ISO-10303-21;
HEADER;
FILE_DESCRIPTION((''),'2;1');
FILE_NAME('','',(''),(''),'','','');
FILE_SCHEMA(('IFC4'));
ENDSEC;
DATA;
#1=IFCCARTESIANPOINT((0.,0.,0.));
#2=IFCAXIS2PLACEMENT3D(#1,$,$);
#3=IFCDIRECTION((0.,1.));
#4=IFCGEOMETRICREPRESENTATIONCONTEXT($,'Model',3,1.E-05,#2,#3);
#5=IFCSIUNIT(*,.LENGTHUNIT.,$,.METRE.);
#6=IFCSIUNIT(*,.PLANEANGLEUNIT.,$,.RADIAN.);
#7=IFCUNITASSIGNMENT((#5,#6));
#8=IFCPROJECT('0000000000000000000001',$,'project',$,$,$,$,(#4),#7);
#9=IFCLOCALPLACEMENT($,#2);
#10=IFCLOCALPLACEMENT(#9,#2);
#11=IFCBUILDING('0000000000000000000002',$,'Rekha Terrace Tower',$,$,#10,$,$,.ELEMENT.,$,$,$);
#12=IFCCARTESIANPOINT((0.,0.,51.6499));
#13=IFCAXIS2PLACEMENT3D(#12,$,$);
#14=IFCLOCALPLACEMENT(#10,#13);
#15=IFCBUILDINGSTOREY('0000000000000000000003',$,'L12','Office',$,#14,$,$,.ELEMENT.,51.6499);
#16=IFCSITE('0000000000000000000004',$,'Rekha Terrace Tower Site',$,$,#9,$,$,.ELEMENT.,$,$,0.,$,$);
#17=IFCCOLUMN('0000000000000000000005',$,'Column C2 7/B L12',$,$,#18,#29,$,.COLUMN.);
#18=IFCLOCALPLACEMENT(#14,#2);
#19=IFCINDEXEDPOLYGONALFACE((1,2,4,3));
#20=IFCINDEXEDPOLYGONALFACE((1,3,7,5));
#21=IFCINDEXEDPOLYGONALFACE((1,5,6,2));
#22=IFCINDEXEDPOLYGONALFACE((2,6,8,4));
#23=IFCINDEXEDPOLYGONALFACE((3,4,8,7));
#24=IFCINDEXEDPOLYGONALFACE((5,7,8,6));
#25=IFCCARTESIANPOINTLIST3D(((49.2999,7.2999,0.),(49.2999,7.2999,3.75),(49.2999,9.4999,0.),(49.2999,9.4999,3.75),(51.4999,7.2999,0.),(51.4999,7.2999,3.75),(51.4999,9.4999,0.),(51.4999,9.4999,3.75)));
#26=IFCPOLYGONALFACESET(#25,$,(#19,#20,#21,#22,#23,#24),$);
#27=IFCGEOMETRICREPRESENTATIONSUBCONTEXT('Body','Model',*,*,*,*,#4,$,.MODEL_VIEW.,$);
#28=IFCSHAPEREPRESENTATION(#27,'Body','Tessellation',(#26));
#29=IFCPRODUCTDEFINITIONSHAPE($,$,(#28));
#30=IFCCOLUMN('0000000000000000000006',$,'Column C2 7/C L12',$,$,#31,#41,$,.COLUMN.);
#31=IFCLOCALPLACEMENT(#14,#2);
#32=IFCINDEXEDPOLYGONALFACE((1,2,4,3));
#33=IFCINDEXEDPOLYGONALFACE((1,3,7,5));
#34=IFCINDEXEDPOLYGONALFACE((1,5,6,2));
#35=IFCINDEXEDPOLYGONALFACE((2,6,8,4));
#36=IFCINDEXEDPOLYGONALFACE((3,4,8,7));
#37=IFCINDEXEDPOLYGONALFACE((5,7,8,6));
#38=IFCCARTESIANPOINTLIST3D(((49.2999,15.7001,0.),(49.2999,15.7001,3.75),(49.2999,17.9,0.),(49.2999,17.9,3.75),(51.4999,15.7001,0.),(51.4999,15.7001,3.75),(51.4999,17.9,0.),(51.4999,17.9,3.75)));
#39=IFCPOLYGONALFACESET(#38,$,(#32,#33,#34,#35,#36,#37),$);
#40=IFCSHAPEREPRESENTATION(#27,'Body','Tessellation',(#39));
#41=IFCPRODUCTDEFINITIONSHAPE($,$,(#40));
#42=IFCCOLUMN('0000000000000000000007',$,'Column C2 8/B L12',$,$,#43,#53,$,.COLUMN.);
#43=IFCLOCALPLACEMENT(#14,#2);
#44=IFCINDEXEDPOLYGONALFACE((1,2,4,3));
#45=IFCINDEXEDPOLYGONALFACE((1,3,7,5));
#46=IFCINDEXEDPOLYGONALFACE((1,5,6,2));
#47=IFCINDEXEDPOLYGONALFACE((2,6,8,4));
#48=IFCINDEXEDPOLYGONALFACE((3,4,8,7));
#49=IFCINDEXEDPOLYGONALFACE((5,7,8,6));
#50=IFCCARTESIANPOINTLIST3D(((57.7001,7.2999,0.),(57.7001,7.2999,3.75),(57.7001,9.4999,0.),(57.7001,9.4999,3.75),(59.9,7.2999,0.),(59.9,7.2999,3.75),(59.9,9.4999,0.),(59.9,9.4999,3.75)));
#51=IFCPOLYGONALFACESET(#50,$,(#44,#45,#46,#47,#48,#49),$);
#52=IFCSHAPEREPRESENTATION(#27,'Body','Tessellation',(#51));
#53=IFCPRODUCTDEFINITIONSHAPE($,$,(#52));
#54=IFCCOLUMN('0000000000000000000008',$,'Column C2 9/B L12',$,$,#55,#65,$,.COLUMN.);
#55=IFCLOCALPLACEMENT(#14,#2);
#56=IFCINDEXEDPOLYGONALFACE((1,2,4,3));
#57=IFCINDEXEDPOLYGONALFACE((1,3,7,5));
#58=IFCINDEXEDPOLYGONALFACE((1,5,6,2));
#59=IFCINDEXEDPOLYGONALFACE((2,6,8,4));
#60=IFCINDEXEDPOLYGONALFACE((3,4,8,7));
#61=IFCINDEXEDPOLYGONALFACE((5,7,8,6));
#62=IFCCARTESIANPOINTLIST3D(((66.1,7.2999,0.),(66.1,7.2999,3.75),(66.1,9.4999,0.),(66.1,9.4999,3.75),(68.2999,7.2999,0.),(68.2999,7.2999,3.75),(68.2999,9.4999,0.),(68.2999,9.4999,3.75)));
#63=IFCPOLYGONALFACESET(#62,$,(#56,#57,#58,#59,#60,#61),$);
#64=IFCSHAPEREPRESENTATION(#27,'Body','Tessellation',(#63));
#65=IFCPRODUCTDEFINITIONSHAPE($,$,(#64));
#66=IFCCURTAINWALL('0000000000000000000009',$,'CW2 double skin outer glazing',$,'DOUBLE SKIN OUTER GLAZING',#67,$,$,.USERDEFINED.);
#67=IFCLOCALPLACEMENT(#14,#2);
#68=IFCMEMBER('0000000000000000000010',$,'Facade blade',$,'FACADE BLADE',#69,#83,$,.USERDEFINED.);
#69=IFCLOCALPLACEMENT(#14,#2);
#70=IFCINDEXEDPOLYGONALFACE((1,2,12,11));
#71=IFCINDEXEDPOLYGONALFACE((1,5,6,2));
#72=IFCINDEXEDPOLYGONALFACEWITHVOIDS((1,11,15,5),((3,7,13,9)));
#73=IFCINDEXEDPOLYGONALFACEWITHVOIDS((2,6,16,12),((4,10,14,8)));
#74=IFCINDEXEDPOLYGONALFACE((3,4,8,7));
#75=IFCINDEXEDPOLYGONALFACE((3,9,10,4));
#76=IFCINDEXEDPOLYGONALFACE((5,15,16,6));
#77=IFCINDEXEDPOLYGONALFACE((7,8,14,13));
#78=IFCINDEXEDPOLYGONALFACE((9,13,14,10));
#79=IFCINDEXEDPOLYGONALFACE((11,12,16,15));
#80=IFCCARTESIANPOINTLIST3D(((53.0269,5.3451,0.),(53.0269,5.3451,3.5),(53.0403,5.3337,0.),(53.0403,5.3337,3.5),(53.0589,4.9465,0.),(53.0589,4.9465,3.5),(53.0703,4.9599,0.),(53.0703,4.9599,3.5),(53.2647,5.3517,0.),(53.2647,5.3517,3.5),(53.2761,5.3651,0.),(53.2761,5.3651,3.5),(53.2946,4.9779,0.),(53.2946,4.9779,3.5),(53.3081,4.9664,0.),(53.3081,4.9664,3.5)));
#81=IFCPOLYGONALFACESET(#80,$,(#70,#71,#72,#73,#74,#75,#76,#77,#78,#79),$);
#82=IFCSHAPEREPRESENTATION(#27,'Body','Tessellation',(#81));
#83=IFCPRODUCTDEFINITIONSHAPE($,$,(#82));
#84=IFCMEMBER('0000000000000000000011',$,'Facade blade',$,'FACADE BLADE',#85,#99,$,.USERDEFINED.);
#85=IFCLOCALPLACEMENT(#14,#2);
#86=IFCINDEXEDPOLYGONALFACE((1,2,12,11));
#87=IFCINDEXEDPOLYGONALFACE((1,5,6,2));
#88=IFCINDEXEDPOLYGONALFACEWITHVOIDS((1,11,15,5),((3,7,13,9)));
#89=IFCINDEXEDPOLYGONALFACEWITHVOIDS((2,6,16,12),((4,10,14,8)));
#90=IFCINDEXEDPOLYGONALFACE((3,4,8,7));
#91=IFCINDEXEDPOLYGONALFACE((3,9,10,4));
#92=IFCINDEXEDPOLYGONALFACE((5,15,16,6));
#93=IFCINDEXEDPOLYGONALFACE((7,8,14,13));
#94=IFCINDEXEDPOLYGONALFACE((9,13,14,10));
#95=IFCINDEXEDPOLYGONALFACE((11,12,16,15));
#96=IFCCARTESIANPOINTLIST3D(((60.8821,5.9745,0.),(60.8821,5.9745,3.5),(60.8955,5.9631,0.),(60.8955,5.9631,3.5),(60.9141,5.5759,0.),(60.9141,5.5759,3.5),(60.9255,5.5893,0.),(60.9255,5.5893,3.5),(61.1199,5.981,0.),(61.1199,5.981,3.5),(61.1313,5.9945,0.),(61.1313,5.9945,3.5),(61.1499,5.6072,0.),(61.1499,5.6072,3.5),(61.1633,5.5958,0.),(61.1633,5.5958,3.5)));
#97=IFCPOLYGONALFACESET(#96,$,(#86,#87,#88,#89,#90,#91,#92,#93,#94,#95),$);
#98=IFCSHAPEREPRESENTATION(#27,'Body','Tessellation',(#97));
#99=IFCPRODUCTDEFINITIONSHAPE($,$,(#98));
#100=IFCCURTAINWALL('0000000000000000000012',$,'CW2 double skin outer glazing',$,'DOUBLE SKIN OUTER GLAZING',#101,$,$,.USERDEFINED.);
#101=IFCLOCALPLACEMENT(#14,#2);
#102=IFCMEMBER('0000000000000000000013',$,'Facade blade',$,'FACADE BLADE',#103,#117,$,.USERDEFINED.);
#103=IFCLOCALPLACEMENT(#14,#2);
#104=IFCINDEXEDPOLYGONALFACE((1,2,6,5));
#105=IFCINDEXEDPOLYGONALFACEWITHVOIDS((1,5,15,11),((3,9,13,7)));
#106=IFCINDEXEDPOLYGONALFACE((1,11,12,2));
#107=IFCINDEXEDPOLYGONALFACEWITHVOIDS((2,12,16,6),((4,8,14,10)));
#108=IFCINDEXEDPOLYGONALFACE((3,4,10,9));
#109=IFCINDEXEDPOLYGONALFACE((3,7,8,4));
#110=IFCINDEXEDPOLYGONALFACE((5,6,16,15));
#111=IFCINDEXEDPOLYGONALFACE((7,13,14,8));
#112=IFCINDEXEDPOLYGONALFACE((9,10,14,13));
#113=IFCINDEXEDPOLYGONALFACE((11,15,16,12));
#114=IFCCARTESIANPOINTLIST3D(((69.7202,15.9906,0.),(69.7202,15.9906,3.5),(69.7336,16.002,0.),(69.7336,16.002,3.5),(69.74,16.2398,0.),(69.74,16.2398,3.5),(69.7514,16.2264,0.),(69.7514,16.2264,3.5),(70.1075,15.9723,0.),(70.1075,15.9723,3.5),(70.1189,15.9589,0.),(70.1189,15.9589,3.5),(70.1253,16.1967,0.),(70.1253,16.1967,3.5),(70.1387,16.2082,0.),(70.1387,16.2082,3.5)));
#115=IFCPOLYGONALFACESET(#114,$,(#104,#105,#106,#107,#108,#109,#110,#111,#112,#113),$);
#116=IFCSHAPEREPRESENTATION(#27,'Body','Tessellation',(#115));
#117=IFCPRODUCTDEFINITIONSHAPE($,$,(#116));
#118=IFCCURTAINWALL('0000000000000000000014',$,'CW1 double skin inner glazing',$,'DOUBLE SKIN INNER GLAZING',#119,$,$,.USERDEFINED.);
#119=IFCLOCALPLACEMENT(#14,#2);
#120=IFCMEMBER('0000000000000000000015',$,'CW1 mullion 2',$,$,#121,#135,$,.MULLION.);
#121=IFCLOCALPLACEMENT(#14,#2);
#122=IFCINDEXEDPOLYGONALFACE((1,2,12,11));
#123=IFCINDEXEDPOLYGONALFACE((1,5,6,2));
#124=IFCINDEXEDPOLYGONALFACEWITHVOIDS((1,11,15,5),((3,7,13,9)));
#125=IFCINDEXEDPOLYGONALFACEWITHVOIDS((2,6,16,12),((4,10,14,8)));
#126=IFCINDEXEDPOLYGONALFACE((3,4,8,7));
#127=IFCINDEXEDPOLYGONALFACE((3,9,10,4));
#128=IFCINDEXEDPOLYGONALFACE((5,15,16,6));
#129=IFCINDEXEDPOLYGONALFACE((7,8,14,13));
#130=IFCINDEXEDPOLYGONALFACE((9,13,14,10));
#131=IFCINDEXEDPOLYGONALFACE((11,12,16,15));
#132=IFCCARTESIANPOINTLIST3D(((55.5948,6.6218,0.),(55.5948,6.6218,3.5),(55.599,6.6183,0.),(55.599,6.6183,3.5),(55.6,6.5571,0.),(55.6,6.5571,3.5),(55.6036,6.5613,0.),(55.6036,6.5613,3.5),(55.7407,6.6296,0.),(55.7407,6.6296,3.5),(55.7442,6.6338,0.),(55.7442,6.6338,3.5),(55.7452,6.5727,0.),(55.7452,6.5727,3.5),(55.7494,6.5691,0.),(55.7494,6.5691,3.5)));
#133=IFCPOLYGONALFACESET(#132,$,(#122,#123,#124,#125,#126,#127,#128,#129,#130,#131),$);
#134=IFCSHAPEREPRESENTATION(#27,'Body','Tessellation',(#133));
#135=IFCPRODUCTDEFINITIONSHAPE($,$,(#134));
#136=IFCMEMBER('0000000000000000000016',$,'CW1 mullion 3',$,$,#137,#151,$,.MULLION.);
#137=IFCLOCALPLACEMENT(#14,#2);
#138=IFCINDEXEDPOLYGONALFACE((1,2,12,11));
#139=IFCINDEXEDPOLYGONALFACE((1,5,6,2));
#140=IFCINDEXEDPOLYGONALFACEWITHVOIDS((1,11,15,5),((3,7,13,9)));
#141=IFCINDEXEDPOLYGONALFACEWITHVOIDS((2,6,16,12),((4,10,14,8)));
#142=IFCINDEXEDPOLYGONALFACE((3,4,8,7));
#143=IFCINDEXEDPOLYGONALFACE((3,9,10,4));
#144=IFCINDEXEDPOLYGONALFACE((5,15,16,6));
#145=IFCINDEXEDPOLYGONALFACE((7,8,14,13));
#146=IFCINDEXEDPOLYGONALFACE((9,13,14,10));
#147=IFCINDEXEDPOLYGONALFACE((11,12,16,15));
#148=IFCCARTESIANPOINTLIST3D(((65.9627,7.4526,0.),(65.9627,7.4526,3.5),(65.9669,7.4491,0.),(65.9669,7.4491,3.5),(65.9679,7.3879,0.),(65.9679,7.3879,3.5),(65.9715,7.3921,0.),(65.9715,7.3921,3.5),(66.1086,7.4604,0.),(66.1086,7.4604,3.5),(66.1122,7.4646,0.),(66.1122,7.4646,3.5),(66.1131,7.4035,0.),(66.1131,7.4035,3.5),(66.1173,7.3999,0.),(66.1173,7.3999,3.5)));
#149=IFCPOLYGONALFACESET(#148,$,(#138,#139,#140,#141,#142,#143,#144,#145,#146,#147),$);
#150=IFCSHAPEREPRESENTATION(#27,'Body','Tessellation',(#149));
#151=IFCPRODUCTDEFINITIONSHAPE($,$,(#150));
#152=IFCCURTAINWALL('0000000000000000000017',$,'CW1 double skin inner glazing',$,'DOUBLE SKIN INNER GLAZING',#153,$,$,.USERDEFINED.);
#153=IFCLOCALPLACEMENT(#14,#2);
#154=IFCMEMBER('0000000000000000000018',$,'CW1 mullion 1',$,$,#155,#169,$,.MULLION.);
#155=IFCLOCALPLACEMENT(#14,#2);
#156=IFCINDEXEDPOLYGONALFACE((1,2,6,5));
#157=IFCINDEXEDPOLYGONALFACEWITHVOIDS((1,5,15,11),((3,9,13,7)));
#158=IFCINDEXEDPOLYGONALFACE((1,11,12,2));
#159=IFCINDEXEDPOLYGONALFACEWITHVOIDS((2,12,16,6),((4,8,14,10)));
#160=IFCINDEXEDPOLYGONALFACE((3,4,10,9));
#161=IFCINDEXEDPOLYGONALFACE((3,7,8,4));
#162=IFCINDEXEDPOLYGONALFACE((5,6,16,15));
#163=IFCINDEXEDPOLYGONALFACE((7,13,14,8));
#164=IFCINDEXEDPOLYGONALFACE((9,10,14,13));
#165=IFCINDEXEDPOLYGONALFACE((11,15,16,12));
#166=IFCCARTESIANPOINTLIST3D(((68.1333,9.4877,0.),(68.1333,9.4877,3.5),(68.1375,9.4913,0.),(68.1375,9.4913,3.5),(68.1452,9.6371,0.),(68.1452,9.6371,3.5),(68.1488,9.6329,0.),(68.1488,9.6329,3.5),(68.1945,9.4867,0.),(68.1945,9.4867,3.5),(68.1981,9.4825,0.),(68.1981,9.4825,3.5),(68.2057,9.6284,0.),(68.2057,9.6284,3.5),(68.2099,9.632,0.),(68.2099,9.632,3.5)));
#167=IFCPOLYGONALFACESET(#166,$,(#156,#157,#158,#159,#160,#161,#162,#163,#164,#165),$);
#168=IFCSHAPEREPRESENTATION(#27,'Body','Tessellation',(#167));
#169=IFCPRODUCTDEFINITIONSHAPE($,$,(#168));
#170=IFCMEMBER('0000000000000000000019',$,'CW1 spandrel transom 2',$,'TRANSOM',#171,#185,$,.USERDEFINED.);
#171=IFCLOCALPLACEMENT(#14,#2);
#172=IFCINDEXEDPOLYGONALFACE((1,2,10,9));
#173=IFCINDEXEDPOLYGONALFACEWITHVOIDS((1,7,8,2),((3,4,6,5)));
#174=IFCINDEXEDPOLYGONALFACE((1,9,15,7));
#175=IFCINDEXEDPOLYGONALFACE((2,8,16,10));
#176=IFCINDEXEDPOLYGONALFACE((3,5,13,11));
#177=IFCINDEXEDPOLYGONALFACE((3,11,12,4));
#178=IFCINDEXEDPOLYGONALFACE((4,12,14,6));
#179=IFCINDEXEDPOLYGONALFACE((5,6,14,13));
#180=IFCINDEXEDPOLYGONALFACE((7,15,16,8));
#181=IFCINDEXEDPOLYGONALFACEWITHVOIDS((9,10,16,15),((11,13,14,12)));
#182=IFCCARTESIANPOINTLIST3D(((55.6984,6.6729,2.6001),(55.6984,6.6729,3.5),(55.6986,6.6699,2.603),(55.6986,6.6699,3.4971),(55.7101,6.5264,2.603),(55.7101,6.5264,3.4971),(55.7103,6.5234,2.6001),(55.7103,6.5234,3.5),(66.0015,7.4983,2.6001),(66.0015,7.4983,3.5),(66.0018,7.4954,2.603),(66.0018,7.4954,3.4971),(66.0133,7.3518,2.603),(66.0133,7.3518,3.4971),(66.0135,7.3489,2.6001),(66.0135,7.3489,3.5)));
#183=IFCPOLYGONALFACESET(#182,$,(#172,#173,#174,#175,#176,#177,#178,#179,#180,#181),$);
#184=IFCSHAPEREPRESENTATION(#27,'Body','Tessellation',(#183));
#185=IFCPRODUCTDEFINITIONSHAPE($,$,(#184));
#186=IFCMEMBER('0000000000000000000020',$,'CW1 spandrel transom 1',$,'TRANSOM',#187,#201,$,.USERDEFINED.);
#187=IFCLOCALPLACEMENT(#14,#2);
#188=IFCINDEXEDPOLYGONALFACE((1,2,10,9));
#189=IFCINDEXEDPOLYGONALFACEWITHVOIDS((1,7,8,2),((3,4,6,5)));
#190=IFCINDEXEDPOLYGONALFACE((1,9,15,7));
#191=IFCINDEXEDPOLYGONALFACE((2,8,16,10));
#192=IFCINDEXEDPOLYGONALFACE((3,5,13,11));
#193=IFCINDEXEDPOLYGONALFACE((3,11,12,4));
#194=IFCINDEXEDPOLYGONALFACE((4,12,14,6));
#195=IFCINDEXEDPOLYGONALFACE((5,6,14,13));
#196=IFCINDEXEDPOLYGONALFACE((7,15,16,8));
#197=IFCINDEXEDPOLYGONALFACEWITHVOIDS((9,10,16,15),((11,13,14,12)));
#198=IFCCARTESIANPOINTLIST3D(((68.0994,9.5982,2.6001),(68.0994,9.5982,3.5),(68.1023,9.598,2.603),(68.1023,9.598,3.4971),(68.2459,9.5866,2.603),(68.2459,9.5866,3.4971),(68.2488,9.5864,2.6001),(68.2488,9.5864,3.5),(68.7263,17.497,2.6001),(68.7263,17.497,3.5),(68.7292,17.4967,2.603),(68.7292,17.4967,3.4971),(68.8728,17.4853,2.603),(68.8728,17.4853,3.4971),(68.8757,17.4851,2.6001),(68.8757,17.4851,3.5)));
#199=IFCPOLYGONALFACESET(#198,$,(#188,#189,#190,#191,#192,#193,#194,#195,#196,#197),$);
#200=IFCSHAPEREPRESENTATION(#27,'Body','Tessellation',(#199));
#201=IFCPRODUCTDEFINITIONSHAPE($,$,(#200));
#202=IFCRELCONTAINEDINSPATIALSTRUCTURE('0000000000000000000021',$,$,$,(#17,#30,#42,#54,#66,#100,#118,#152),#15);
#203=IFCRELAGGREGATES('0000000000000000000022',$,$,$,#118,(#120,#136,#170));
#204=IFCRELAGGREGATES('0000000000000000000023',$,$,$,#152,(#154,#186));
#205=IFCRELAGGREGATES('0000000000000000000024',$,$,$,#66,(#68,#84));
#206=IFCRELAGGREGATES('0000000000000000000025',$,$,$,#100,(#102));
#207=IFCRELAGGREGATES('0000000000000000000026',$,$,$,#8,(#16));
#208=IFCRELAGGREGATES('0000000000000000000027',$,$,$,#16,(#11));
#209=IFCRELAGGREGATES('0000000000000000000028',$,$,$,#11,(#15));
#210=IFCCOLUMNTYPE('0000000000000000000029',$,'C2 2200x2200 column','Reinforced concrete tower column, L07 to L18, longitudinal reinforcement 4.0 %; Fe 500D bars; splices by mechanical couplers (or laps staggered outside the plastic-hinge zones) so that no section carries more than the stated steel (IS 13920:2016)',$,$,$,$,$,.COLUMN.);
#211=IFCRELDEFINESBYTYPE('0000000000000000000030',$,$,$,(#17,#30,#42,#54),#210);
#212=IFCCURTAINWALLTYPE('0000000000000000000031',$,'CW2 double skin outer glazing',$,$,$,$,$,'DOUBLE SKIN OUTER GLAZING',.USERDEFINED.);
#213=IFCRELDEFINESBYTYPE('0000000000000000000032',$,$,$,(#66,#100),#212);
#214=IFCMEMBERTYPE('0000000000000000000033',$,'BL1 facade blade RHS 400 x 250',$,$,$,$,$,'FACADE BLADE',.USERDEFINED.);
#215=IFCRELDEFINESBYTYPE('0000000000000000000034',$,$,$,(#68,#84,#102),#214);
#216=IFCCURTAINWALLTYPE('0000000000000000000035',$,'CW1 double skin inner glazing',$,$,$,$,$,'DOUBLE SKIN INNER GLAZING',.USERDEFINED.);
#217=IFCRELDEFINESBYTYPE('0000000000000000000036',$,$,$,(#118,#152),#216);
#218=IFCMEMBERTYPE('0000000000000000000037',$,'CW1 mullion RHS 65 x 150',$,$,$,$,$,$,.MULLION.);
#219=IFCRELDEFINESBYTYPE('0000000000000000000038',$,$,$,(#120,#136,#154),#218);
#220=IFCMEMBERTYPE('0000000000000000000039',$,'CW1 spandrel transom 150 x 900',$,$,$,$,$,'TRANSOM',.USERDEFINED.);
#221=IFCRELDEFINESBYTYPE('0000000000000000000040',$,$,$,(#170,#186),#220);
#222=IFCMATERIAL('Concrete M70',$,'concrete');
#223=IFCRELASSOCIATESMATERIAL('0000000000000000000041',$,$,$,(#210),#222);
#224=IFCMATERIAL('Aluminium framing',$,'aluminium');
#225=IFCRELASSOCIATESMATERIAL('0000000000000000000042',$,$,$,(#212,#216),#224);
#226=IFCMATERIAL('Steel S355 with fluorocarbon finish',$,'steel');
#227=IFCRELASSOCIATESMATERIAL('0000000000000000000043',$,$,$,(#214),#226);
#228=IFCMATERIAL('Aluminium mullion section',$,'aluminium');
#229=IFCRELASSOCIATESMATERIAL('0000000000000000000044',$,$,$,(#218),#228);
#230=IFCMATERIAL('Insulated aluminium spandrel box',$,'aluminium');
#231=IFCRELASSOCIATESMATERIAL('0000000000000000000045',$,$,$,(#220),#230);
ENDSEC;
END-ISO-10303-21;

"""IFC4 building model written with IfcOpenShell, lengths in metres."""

from ifc_helpers import new_model, si_unit, direction, frame, origin, origin_2d, place, context, subcontext, project, spatial, rectangle, hollow_rectangle, extrude, material, material_profile, profile_set, type_object, element, aggregate, save


model = new_model("IFC4")

# Units and contexts
model_context = context("Model", 3, precision=1e-05, world=origin(), true_north=direction((0.0, 1.0)))
body_context = subcontext(model_context, "Body", "Model", "MODEL_VIEW")
ifc_project = project(units=[si_unit("LENGTHUNIT", "METRE"), si_unit("PLANEANGLEUNIT", "RADIAN")], contexts=[model_context])

# Site, building, storey
site_placement = place(None, origin())
site = spatial("IfcSite", under=ifc_project, at=site_placement, Name="Rekha Terrace Tower Site", CompositionType="ELEMENT", RefElevation=0.0)
building_placement = place(site_placement, origin())
building = spatial("IfcBuilding", under=site, at=building_placement, Name="Rekha Terrace Tower", CompositionType="ELEMENT")
storey_placement = place(building_placement, frame((0.0, 0.0, 51.6499)))
storey = spatial("IfcBuildingStorey", under=building, at=storey_placement, Name="L12", Description="Office", CompositionType="ELEMENT", Elevation=51.6499)

# Columns
ifc_material_1 = material(Name="Concrete M70", Category="concrete")
ifc_material_profile_1 = material_profile(ifc_material_1, rectangle(XDim=2.2, YDim=2.2, at=origin_2d()), Name="RC 2200x2200")
ifc_profile_set_1 = profile_set([ifc_material_profile_1], Name="Concrete M70")
column_type = type_object("IfcColumnType", Name="C2 2200x2200 column", Description="Reinforced concrete tower column, L07 to L18, longitudinal reinforcement 4.0 %; Fe 500D bars; splices by mechanical couplers (or laps staggered outside the plastic-hinge zones) so that no section carries more than the stated steel (IS 13920:2016)", PredefinedType="COLUMN", material=ifc_profile_set_1)
for number, where, z_axis, x_axis, name in (
    (1, (50.3999, 8.3999, 0.0), (0.0, 0.0, 1.0), (1.0, 0.0, 0.0), "Column C2 7/B L12"),
    (2, (50.3999, 16.8, 0.0), (0.0, 0.0, 1.0), (1.0, 0.0, 0.0), "Column C2 7/C L12"),
    (3, (58.8, 8.3999, 0.0), (0.0, 0.0, 1.0), (1.0, 0.0, 0.0), "Column C2 8/B L12"),
    (4, (67.2, 8.3999, 0.0), (0.0, 0.0, 1.0), (1.0, 0.0, 0.0), "Column C2 9/B L12"),
):
    element("IfcColumn", number, at=place(storey_placement, frame(where, z_axis=z_axis, x_axis=x_axis)), inside=storey, type_object=column_type, Name=name, PredefinedType="COLUMN", context=body_context, shape_type="SweptSolid", body=[
        extrude(rectangle(XDim=2.2, YDim=2.2, at=origin_2d()), origin(), (0.0, 0.0, 1.0), 3.75),
    ])

# Curtain wall, members
ifc_material_2 = material(Name="Aluminium framing", Category="aluminium")
curtain_wall_type_1 = type_object("IfcCurtainWallType", Name="CW2 double skin outer glazing", ElementType="DOUBLE SKIN OUTER GLAZING", PredefinedType="USERDEFINED", material=ifc_material_2)
curtain_wall_1_placement = place(storey_placement, origin())
curtain_wall_1 = element("IfcCurtainWall", 5, at=curtain_wall_1_placement, inside=storey, type_object=curtain_wall_type_1, Name="CW2 double skin outer glazing", ObjectType="DOUBLE SKIN OUTER GLAZING", PredefinedType="USERDEFINED")
ifc_material_3 = material(Name="Steel S355 with fluorocarbon finish", Category="steel")
ifc_material_profile_2 = material_profile(ifc_material_3, hollow_rectangle(XDim=0.25, YDim=0.3999, WallThickness=0.0125, at=origin_2d()), Name="RHS400x250x12.5")
ifc_profile_set_2 = profile_set([ifc_material_profile_2], Name="Steel S355 with fluorocarbon finish")
member_type_1 = type_object("IfcMemberType", Name="BL1 facade blade RHS 400 x 250", ElementType="FACADE BLADE", PredefinedType="USERDEFINED", material=ifc_profile_set_2)
member_1_placement = place(storey_placement, frame((53.1675, 5.1558, 0.0), z_axis=(0.0, 0.0, 1.0), x_axis=(0.996805, 0.079872, 0.0)))
member_1 = element("IfcMember", 6, at=member_1_placement, type_object=member_type_1, Name="Facade blade", ObjectType="FACADE BLADE", PredefinedType="USERDEFINED", context=body_context, shape_type="SweptSolid", body=[
    extrude(hollow_rectangle(XDim=0.25, YDim=0.3999, WallThickness=0.0125, at=origin_2d()), origin(), (0.0, 0.0, 1.0), 3.5),
])
member_2_placement = place(storey_placement, frame((61.0227, 5.7852, 0.0), z_axis=(0.0, 0.0, 1.0), x_axis=(0.996805, 0.079872, 0.0)))
member_2 = element("IfcMember", 7, at=member_2_placement, type_object=member_type_1, Name="Facade blade", ObjectType="FACADE BLADE", PredefinedType="USERDEFINED", context=body_context, shape_type="SweptSolid", body=[
    extrude(hollow_rectangle(XDim=0.25, YDim=0.3999, WallThickness=0.0125, at=origin_2d()), origin(), (0.0, 0.0, 1.0), 3.5),
])

# Curtain wall, member
curtain_wall_2_placement = place(storey_placement, origin())
curtain_wall_2 = element("IfcCurtainWall", 8, at=curtain_wall_2_placement, inside=storey, type_object=curtain_wall_type_1, Name="CW2 double skin outer glazing", ObjectType="DOUBLE SKIN OUTER GLAZING", PredefinedType="USERDEFINED")
member_3_placement = place(storey_placement, frame((69.9294, 16.0994, 0.0), z_axis=(0.0, 0.0, 1.0), x_axis=(0.079117, 0.996865, 0.0)))
member_3 = element("IfcMember", 9, at=member_3_placement, type_object=member_type_1, Name="Facade blade", ObjectType="FACADE BLADE", PredefinedType="USERDEFINED", context=body_context, shape_type="SweptSolid", body=[
    extrude(hollow_rectangle(XDim=0.25, YDim=0.3999, WallThickness=0.0125, at=origin_2d()), origin(), (0.0, 0.0, 1.0), 3.5),
])

# Curtain wall, members
curtain_wall_type_2 = type_object("IfcCurtainWallType", Name="CW1 double skin inner glazing", ElementType="DOUBLE SKIN INNER GLAZING", PredefinedType="USERDEFINED", material=ifc_material_2)
curtain_wall_3_placement = place(storey_placement, origin())
curtain_wall_3 = element("IfcCurtainWall", 10, at=curtain_wall_3_placement, inside=storey, type_object=curtain_wall_type_2, Name="CW1 double skin inner glazing", ObjectType="DOUBLE SKIN INNER GLAZING", PredefinedType="USERDEFINED")
ifc_material_4 = material(Name="Aluminium mullion section", Category="aluminium")
ifc_material_profile_3 = material_profile(ifc_material_4, hollow_rectangle(XDim=0.0649, YDim=0.1499, WallThickness=0.0039, at=origin_2d()), Name="AL RHS 65x150")
ifc_profile_set_3 = profile_set([ifc_material_profile_3], Name="Aluminium mullion section")
member_type_2 = type_object("IfcMemberType", Name="CW1 mullion RHS 65 x 150", PredefinedType="MULLION", material=ifc_profile_set_3)
member_4_placement = place(storey_placement, frame((55.6721, 6.5955, 0.0), z_axis=(0.0, 0.0, 1.0), x_axis=(-0.079872, 0.996805, 0.0)))
member_4 = element("IfcMember", 11, at=member_4_placement, type_object=member_type_2, Name="CW1 mullion 2", PredefinedType="MULLION", context=body_context, shape_type="SweptSolid", body=[
    extrude(hollow_rectangle(XDim=0.0649, YDim=0.1499, WallThickness=0.0039, at=origin_2d()), origin(), (0.0, 0.0, 1.0), 3.5),
])
member_5_placement = place(storey_placement, frame((66.04, 7.4263, 0.0), z_axis=(0.0, 0.0, 1.0), x_axis=(-0.079872, 0.996805, 0.0)))
member_5 = element("IfcMember", 12, at=member_5_placement, type_object=member_type_2, Name="CW1 mullion 3", PredefinedType="MULLION", context=body_context, shape_type="SweptSolid", body=[
    extrude(hollow_rectangle(XDim=0.0649, YDim=0.1499, WallThickness=0.0039, at=origin_2d()), origin(), (0.0, 0.0, 1.0), 3.5),
])

# Curtain wall, member
curtain_wall_4_placement = place(storey_placement, origin())
curtain_wall_4 = element("IfcCurtainWall", 13, at=curtain_wall_4_placement, inside=storey, type_object=curtain_wall_type_2, Name="CW1 double skin inner glazing", ObjectType="DOUBLE SKIN INNER GLAZING", PredefinedType="USERDEFINED")
member_6_placement = place(storey_placement, frame((68.1716, 9.5598, 0.0), z_axis=(0.0, 0.0, 1.0), x_axis=(-0.996865, 0.079116, 0.0)))
member_6 = element("IfcMember", 14, at=member_6_placement, type_object=member_type_2, Name="CW1 mullion 1", PredefinedType="MULLION", context=body_context, shape_type="SweptSolid", body=[
    extrude(hollow_rectangle(XDim=0.0649, YDim=0.1499, WallThickness=0.0039, at=origin_2d()), origin(), (0.0, 0.0, 1.0), 3.5),
])

# Members
ifc_material_5 = material(Name="Insulated aluminium spandrel box", Category="aluminium")
ifc_material_profile_4 = material_profile(ifc_material_5, hollow_rectangle(XDim=0.1499, YDim=0.8999, WallThickness=0.0029, at=origin_2d()), Name="AL SPANDREL BOX 150x900")
ifc_profile_set_4 = profile_set([ifc_material_profile_4], Name="Insulated aluminium spandrel box")
member_type_3 = type_object("IfcMemberType", Name="CW1 spandrel transom 150 x 900", ElementType="TRANSOM", PredefinedType="USERDEFINED", material=ifc_profile_set_4)
member_7_placement = place(storey_placement, frame((55.7043, 6.5981, 3.05), z_axis=(0.996806, 0.079859, 0.0), x_axis=(-0.079859, 0.996806, 0.0)))
member_7 = element("IfcMember", 15, at=member_7_placement, type_object=member_type_3, Name="CW1 spandrel transom 2", ObjectType="TRANSOM", PredefinedType="USERDEFINED", context=body_context, shape_type="SweptSolid", body=[
    extrude(hollow_rectangle(XDim=0.1499, YDim=0.8999, WallThickness=0.0029, at=origin_2d()), origin(), (0.0, 0.0, 1.0), 10.3362),
])
member_8_placement = place(storey_placement, frame((68.1741, 9.5923, 3.05), z_axis=(0.079126, 0.996865, 0.0), x_axis=(-0.996865, 0.079126, 0.0)))
member_8 = element("IfcMember", 16, at=member_8_placement, type_object=member_type_3, Name="CW1 spandrel transom 1", ObjectType="TRANSOM", PredefinedType="USERDEFINED", context=body_context, shape_type="SweptSolid", body=[
    extrude(hollow_rectangle(XDim=0.1499, YDim=0.8999, WallThickness=0.0029, at=origin_2d()), origin(), (0.0, 0.0, 1.0), 7.9236),
])

aggregate(curtain_wall_3, [member_4, member_5, member_7])
aggregate(curtain_wall_4, [member_6, member_8])
aggregate(curtain_wall_1, [member_1, member_2])
aggregate(curtain_wall_2, [member_3])

save(model, "model.ifc")
